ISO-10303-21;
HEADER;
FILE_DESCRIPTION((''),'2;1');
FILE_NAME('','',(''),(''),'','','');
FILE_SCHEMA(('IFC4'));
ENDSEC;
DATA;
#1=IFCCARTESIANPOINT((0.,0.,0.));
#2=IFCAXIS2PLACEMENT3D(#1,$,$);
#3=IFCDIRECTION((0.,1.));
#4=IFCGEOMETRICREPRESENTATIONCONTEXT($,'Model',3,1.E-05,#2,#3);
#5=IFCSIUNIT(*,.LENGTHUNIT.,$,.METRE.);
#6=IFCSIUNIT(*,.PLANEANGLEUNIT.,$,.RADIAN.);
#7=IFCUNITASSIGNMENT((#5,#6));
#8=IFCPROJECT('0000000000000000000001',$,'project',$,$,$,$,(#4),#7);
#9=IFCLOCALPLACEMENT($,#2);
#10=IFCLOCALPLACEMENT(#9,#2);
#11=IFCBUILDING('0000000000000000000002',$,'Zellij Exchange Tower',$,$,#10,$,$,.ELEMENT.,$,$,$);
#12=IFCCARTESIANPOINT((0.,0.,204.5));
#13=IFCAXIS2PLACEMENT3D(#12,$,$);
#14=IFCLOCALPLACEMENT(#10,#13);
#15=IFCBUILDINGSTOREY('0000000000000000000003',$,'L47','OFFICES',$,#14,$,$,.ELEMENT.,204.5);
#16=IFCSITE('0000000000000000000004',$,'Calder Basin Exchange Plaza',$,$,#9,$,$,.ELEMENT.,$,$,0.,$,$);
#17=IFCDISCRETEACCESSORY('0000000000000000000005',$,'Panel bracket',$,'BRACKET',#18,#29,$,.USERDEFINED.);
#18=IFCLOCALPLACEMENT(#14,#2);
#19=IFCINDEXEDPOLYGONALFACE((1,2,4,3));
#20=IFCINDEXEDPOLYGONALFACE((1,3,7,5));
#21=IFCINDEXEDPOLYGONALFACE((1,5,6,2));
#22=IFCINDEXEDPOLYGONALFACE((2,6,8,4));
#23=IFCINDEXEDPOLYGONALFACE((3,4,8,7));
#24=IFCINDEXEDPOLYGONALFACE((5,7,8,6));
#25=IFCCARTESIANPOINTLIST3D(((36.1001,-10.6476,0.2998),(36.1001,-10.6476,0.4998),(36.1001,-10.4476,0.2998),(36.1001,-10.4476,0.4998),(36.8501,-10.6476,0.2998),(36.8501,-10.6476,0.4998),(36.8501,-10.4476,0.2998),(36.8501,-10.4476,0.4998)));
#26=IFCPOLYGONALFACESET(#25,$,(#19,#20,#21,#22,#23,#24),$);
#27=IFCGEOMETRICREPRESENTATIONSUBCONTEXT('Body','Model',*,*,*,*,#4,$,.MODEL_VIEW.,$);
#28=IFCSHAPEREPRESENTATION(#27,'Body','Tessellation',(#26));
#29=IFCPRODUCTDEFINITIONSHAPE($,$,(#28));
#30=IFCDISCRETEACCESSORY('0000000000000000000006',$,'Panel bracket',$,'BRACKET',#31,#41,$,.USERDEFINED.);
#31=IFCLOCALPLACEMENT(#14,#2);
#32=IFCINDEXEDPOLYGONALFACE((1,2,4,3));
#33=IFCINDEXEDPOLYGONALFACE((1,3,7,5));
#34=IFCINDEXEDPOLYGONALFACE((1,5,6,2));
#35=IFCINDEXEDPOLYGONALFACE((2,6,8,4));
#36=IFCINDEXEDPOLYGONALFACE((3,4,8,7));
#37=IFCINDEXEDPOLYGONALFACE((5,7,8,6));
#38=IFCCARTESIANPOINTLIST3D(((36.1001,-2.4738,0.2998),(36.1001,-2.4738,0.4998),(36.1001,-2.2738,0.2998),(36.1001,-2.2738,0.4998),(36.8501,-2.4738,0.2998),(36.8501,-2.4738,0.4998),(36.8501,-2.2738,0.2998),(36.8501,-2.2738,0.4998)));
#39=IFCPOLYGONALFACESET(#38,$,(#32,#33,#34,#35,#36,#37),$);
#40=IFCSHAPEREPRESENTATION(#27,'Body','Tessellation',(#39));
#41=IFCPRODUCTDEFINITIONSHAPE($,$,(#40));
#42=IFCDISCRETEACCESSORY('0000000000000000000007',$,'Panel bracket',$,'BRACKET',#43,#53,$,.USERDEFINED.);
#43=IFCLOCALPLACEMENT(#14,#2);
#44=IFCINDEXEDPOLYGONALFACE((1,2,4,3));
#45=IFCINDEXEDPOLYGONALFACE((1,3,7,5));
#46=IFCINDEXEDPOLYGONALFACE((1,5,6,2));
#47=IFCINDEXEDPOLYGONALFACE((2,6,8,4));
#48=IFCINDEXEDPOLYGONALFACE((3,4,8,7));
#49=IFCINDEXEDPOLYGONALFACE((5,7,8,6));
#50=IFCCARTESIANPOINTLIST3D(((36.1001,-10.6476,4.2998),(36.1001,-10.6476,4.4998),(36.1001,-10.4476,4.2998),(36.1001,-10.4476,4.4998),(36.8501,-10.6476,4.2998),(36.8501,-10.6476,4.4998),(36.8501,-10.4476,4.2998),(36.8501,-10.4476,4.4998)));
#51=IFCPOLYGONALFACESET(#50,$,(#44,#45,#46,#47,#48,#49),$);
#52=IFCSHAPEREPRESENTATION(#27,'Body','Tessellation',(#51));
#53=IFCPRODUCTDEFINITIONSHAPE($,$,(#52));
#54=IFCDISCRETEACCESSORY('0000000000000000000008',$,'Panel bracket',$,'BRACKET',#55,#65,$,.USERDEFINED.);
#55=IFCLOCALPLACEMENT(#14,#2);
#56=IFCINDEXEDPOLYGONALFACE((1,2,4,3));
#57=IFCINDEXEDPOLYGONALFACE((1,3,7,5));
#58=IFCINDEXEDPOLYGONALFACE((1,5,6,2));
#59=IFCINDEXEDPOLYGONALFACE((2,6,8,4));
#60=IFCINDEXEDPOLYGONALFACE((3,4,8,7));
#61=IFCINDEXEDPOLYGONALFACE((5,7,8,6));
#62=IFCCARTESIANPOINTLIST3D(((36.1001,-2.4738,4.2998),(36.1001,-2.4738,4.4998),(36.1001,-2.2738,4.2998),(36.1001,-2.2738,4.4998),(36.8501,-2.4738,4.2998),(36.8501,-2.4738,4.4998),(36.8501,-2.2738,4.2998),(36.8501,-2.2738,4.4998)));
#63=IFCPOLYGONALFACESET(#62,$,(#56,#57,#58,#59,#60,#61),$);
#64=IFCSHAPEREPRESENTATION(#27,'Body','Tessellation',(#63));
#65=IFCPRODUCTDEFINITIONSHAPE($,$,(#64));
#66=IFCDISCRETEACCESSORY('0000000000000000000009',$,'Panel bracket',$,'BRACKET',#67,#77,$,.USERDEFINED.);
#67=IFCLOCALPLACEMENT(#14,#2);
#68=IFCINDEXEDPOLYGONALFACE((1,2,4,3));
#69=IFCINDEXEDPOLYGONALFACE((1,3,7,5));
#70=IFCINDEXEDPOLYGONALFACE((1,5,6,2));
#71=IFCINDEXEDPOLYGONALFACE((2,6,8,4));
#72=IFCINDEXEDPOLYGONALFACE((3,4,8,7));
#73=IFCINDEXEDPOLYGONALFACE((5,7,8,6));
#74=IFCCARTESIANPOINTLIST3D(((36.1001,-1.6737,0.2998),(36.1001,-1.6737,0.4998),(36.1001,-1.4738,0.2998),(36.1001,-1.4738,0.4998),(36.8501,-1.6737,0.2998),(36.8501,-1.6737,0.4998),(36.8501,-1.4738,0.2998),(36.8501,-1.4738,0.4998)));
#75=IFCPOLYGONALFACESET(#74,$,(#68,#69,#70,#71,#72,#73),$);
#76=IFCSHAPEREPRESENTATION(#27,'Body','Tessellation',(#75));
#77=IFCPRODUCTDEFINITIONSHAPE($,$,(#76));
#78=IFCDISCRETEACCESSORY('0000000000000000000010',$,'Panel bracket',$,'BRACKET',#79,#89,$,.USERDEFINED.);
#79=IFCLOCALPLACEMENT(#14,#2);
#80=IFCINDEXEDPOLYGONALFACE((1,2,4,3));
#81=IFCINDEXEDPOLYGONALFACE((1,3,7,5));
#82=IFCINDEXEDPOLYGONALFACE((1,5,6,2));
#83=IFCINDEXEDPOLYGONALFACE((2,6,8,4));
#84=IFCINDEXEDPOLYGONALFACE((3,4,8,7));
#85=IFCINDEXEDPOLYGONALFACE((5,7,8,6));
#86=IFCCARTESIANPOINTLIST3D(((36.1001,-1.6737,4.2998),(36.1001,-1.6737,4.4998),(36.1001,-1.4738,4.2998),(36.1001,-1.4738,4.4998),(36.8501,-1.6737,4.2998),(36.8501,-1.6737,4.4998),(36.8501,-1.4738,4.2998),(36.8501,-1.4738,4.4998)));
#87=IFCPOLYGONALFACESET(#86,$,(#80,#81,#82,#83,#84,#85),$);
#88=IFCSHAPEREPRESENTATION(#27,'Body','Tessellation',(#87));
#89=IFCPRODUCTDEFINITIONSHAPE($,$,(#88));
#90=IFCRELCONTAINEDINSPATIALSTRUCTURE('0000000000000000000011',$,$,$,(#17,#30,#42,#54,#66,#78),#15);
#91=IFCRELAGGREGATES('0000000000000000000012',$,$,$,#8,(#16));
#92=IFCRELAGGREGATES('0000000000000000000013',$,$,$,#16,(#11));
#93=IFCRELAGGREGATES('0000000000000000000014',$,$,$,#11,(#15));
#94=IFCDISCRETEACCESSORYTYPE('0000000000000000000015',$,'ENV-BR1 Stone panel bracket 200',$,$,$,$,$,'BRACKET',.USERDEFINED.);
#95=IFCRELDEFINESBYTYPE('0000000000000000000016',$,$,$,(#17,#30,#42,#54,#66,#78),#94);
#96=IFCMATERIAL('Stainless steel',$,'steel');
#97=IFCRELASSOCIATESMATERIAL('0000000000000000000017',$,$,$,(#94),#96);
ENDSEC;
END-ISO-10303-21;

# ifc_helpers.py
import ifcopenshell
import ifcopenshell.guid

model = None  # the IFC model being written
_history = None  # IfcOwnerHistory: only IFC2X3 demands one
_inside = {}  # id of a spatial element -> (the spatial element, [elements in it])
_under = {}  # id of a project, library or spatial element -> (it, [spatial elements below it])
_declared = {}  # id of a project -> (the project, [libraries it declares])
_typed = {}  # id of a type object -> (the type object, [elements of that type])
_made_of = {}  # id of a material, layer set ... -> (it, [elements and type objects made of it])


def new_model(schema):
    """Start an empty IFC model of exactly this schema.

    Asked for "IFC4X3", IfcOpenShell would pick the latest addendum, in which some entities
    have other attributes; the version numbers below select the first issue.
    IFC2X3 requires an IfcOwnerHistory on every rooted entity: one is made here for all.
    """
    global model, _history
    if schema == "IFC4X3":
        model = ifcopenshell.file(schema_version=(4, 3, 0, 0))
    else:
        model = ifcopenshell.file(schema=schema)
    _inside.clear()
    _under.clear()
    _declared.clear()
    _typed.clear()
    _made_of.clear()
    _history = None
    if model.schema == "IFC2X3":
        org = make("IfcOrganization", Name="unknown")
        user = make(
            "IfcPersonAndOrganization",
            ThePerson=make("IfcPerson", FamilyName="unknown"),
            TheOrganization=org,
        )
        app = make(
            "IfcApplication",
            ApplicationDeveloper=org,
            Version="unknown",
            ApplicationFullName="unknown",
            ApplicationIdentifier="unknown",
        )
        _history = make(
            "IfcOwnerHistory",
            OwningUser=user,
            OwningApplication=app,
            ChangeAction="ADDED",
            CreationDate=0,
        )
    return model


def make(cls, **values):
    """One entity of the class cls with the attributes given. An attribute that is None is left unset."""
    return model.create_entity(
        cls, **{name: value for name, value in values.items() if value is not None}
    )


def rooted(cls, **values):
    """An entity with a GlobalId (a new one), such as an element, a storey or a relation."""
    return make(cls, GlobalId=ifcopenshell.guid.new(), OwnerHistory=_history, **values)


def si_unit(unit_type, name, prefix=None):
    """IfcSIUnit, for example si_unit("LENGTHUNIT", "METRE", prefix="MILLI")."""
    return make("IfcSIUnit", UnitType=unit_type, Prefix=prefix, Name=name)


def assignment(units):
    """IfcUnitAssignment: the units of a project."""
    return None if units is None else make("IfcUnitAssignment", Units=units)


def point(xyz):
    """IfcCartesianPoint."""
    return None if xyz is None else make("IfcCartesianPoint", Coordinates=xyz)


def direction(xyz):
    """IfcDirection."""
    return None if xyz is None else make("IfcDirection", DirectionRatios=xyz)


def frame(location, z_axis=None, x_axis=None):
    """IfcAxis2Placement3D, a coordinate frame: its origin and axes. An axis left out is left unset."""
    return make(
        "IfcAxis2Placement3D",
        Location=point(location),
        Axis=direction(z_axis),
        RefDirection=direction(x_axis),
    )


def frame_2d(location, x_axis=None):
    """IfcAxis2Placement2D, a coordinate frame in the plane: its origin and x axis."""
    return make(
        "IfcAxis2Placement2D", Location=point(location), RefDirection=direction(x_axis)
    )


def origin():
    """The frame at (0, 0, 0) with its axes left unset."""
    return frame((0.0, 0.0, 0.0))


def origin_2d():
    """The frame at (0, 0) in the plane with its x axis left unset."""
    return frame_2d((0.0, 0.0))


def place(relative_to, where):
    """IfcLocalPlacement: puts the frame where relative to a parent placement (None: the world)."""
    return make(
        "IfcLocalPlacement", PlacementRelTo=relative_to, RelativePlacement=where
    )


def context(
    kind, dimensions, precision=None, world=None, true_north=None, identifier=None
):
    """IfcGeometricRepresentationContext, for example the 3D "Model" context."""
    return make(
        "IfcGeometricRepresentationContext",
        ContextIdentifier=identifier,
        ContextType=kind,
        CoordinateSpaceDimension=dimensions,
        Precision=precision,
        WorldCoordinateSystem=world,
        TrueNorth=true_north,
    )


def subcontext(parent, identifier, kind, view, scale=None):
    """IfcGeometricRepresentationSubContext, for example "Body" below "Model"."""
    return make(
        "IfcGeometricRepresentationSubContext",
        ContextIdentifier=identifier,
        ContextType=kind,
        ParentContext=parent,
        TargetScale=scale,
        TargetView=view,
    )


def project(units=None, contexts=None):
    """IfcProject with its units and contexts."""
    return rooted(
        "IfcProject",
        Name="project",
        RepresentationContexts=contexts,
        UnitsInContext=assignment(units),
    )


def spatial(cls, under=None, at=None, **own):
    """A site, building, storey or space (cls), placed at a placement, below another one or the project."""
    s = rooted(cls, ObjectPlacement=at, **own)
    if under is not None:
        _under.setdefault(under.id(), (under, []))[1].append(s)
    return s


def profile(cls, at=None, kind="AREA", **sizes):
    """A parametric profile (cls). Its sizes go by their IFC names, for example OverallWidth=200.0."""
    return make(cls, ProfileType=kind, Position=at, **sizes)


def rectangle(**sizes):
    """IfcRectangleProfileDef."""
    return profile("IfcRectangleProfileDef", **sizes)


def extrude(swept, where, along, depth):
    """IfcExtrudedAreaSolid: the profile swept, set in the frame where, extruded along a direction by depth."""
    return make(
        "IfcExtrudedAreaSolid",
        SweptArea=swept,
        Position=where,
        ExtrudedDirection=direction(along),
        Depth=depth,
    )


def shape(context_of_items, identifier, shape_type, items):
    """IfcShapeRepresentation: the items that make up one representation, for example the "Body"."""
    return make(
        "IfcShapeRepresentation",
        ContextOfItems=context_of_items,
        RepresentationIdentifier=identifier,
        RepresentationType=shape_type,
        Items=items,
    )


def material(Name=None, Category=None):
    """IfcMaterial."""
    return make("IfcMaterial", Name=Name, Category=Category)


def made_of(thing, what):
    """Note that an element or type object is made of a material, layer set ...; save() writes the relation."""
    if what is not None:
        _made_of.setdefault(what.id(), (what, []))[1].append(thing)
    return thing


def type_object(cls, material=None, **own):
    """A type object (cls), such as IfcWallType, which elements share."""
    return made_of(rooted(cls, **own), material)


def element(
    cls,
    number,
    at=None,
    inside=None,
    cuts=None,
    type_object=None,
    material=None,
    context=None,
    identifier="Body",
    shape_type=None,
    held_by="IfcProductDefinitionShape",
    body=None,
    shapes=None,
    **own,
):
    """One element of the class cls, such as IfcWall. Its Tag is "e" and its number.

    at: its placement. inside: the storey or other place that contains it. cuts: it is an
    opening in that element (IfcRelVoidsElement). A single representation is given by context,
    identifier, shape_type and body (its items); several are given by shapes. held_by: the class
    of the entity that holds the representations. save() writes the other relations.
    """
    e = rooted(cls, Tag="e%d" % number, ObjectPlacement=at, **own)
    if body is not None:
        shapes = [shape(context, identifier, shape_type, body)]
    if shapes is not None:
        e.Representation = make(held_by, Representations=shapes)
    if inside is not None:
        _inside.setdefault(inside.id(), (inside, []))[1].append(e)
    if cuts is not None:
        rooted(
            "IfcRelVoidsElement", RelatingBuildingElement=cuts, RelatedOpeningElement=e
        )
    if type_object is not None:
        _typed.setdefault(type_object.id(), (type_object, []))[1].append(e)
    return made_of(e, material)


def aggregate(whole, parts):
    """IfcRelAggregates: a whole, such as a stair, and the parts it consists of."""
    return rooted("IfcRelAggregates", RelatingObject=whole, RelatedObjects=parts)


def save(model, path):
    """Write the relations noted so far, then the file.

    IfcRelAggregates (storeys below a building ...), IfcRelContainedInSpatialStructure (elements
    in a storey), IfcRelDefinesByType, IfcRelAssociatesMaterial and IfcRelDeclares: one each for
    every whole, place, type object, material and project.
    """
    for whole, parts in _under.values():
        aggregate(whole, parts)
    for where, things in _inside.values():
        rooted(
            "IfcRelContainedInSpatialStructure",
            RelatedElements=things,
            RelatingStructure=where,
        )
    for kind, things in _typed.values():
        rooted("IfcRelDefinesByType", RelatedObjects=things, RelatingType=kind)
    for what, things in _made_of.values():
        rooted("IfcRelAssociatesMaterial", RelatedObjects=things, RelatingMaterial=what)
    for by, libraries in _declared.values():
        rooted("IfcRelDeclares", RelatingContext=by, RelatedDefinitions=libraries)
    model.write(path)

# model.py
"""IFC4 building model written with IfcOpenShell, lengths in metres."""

from ifc_helpers import new_model, si_unit, direction, frame, origin, origin_2d, place, context, subcontext, project, spatial, rectangle, extrude, material, type_object, element, save


model = new_model("IFC4")

# Units and contexts
model_context = context("Model", 3, precision=1e-05, world=origin(), true_north=direction((0.0, 1.0)))
body_context = subcontext(model_context, "Body", "Model", "MODEL_VIEW")
ifc_project = project(units=[si_unit("LENGTHUNIT", "METRE"), si_unit("PLANEANGLEUNIT", "RADIAN")], contexts=[model_context])

# Site, building, storey
site_placement = place(None, origin())
site = spatial("IfcSite", under=ifc_project, at=site_placement, Name="Calder Basin Exchange Plaza", CompositionType="ELEMENT", RefElevation=0.0)
building_placement = place(site_placement, origin())
building = spatial("IfcBuilding", under=site, at=building_placement, Name="Zellij Exchange Tower", CompositionType="ELEMENT")
storey_placement = place(building_placement, frame((0.0, 0.0, 204.5)))
storey = spatial("IfcBuildingStorey", under=building, at=storey_placement, Name="L47", Description="OFFICES", CompositionType="ELEMENT", Elevation=204.5)

# Discrete accessories
ifc_material_1 = material(Name="Stainless steel", Category="steel")
discrete_accessory_type = type_object("IfcDiscreteAccessoryType", Name="ENV-BR1 Stone panel bracket 200", ElementType="BRACKET", PredefinedType="USERDEFINED", material=ifc_material_1)
for number, where, z_axis, x_axis, name in (
    (1, (36.4751, -10.5476, 0.2998), (0.0, 0.0, 1.0), (0.0, 1.0, 0.0), "Panel bracket"),
    (2, (36.4751, -2.3738, 0.2998), (0.0, 0.0, 1.0), (0.0, 1.0, 0.0), "Panel bracket"),
    (3, (36.4751, -10.5476, 4.2998), (0.0, 0.0, 1.0), (0.0, 1.0, 0.0), "Panel bracket"),
    (4, (36.4751, -2.3738, 4.2998), (0.0, 0.0, 1.0), (0.0, 1.0, 0.0), "Panel bracket"),
    (5, (36.4751, -1.5737, 0.2998), (0.0, 0.0, 1.0), (0.0, 1.0, 0.0), "Panel bracket"),
    (6, (36.4751, -1.5737, 4.2998), (0.0, 0.0, 1.0), (0.0, 1.0, 0.0), "Panel bracket"),
):
    element("IfcDiscreteAccessory", number, at=place(storey_placement, frame(where, z_axis=z_axis, x_axis=x_axis)), inside=storey, type_object=discrete_accessory_type, Name=name, ObjectType="BRACKET", PredefinedType="USERDEFINED", context=body_context, shape_type="SweptSolid", body=[
        extrude(rectangle(XDim=0.2, YDim=0.75, at=origin_2d()), origin(), (0.0, 0.0, 1.0), 0.2),
    ])

save(model, "model.ifc")
